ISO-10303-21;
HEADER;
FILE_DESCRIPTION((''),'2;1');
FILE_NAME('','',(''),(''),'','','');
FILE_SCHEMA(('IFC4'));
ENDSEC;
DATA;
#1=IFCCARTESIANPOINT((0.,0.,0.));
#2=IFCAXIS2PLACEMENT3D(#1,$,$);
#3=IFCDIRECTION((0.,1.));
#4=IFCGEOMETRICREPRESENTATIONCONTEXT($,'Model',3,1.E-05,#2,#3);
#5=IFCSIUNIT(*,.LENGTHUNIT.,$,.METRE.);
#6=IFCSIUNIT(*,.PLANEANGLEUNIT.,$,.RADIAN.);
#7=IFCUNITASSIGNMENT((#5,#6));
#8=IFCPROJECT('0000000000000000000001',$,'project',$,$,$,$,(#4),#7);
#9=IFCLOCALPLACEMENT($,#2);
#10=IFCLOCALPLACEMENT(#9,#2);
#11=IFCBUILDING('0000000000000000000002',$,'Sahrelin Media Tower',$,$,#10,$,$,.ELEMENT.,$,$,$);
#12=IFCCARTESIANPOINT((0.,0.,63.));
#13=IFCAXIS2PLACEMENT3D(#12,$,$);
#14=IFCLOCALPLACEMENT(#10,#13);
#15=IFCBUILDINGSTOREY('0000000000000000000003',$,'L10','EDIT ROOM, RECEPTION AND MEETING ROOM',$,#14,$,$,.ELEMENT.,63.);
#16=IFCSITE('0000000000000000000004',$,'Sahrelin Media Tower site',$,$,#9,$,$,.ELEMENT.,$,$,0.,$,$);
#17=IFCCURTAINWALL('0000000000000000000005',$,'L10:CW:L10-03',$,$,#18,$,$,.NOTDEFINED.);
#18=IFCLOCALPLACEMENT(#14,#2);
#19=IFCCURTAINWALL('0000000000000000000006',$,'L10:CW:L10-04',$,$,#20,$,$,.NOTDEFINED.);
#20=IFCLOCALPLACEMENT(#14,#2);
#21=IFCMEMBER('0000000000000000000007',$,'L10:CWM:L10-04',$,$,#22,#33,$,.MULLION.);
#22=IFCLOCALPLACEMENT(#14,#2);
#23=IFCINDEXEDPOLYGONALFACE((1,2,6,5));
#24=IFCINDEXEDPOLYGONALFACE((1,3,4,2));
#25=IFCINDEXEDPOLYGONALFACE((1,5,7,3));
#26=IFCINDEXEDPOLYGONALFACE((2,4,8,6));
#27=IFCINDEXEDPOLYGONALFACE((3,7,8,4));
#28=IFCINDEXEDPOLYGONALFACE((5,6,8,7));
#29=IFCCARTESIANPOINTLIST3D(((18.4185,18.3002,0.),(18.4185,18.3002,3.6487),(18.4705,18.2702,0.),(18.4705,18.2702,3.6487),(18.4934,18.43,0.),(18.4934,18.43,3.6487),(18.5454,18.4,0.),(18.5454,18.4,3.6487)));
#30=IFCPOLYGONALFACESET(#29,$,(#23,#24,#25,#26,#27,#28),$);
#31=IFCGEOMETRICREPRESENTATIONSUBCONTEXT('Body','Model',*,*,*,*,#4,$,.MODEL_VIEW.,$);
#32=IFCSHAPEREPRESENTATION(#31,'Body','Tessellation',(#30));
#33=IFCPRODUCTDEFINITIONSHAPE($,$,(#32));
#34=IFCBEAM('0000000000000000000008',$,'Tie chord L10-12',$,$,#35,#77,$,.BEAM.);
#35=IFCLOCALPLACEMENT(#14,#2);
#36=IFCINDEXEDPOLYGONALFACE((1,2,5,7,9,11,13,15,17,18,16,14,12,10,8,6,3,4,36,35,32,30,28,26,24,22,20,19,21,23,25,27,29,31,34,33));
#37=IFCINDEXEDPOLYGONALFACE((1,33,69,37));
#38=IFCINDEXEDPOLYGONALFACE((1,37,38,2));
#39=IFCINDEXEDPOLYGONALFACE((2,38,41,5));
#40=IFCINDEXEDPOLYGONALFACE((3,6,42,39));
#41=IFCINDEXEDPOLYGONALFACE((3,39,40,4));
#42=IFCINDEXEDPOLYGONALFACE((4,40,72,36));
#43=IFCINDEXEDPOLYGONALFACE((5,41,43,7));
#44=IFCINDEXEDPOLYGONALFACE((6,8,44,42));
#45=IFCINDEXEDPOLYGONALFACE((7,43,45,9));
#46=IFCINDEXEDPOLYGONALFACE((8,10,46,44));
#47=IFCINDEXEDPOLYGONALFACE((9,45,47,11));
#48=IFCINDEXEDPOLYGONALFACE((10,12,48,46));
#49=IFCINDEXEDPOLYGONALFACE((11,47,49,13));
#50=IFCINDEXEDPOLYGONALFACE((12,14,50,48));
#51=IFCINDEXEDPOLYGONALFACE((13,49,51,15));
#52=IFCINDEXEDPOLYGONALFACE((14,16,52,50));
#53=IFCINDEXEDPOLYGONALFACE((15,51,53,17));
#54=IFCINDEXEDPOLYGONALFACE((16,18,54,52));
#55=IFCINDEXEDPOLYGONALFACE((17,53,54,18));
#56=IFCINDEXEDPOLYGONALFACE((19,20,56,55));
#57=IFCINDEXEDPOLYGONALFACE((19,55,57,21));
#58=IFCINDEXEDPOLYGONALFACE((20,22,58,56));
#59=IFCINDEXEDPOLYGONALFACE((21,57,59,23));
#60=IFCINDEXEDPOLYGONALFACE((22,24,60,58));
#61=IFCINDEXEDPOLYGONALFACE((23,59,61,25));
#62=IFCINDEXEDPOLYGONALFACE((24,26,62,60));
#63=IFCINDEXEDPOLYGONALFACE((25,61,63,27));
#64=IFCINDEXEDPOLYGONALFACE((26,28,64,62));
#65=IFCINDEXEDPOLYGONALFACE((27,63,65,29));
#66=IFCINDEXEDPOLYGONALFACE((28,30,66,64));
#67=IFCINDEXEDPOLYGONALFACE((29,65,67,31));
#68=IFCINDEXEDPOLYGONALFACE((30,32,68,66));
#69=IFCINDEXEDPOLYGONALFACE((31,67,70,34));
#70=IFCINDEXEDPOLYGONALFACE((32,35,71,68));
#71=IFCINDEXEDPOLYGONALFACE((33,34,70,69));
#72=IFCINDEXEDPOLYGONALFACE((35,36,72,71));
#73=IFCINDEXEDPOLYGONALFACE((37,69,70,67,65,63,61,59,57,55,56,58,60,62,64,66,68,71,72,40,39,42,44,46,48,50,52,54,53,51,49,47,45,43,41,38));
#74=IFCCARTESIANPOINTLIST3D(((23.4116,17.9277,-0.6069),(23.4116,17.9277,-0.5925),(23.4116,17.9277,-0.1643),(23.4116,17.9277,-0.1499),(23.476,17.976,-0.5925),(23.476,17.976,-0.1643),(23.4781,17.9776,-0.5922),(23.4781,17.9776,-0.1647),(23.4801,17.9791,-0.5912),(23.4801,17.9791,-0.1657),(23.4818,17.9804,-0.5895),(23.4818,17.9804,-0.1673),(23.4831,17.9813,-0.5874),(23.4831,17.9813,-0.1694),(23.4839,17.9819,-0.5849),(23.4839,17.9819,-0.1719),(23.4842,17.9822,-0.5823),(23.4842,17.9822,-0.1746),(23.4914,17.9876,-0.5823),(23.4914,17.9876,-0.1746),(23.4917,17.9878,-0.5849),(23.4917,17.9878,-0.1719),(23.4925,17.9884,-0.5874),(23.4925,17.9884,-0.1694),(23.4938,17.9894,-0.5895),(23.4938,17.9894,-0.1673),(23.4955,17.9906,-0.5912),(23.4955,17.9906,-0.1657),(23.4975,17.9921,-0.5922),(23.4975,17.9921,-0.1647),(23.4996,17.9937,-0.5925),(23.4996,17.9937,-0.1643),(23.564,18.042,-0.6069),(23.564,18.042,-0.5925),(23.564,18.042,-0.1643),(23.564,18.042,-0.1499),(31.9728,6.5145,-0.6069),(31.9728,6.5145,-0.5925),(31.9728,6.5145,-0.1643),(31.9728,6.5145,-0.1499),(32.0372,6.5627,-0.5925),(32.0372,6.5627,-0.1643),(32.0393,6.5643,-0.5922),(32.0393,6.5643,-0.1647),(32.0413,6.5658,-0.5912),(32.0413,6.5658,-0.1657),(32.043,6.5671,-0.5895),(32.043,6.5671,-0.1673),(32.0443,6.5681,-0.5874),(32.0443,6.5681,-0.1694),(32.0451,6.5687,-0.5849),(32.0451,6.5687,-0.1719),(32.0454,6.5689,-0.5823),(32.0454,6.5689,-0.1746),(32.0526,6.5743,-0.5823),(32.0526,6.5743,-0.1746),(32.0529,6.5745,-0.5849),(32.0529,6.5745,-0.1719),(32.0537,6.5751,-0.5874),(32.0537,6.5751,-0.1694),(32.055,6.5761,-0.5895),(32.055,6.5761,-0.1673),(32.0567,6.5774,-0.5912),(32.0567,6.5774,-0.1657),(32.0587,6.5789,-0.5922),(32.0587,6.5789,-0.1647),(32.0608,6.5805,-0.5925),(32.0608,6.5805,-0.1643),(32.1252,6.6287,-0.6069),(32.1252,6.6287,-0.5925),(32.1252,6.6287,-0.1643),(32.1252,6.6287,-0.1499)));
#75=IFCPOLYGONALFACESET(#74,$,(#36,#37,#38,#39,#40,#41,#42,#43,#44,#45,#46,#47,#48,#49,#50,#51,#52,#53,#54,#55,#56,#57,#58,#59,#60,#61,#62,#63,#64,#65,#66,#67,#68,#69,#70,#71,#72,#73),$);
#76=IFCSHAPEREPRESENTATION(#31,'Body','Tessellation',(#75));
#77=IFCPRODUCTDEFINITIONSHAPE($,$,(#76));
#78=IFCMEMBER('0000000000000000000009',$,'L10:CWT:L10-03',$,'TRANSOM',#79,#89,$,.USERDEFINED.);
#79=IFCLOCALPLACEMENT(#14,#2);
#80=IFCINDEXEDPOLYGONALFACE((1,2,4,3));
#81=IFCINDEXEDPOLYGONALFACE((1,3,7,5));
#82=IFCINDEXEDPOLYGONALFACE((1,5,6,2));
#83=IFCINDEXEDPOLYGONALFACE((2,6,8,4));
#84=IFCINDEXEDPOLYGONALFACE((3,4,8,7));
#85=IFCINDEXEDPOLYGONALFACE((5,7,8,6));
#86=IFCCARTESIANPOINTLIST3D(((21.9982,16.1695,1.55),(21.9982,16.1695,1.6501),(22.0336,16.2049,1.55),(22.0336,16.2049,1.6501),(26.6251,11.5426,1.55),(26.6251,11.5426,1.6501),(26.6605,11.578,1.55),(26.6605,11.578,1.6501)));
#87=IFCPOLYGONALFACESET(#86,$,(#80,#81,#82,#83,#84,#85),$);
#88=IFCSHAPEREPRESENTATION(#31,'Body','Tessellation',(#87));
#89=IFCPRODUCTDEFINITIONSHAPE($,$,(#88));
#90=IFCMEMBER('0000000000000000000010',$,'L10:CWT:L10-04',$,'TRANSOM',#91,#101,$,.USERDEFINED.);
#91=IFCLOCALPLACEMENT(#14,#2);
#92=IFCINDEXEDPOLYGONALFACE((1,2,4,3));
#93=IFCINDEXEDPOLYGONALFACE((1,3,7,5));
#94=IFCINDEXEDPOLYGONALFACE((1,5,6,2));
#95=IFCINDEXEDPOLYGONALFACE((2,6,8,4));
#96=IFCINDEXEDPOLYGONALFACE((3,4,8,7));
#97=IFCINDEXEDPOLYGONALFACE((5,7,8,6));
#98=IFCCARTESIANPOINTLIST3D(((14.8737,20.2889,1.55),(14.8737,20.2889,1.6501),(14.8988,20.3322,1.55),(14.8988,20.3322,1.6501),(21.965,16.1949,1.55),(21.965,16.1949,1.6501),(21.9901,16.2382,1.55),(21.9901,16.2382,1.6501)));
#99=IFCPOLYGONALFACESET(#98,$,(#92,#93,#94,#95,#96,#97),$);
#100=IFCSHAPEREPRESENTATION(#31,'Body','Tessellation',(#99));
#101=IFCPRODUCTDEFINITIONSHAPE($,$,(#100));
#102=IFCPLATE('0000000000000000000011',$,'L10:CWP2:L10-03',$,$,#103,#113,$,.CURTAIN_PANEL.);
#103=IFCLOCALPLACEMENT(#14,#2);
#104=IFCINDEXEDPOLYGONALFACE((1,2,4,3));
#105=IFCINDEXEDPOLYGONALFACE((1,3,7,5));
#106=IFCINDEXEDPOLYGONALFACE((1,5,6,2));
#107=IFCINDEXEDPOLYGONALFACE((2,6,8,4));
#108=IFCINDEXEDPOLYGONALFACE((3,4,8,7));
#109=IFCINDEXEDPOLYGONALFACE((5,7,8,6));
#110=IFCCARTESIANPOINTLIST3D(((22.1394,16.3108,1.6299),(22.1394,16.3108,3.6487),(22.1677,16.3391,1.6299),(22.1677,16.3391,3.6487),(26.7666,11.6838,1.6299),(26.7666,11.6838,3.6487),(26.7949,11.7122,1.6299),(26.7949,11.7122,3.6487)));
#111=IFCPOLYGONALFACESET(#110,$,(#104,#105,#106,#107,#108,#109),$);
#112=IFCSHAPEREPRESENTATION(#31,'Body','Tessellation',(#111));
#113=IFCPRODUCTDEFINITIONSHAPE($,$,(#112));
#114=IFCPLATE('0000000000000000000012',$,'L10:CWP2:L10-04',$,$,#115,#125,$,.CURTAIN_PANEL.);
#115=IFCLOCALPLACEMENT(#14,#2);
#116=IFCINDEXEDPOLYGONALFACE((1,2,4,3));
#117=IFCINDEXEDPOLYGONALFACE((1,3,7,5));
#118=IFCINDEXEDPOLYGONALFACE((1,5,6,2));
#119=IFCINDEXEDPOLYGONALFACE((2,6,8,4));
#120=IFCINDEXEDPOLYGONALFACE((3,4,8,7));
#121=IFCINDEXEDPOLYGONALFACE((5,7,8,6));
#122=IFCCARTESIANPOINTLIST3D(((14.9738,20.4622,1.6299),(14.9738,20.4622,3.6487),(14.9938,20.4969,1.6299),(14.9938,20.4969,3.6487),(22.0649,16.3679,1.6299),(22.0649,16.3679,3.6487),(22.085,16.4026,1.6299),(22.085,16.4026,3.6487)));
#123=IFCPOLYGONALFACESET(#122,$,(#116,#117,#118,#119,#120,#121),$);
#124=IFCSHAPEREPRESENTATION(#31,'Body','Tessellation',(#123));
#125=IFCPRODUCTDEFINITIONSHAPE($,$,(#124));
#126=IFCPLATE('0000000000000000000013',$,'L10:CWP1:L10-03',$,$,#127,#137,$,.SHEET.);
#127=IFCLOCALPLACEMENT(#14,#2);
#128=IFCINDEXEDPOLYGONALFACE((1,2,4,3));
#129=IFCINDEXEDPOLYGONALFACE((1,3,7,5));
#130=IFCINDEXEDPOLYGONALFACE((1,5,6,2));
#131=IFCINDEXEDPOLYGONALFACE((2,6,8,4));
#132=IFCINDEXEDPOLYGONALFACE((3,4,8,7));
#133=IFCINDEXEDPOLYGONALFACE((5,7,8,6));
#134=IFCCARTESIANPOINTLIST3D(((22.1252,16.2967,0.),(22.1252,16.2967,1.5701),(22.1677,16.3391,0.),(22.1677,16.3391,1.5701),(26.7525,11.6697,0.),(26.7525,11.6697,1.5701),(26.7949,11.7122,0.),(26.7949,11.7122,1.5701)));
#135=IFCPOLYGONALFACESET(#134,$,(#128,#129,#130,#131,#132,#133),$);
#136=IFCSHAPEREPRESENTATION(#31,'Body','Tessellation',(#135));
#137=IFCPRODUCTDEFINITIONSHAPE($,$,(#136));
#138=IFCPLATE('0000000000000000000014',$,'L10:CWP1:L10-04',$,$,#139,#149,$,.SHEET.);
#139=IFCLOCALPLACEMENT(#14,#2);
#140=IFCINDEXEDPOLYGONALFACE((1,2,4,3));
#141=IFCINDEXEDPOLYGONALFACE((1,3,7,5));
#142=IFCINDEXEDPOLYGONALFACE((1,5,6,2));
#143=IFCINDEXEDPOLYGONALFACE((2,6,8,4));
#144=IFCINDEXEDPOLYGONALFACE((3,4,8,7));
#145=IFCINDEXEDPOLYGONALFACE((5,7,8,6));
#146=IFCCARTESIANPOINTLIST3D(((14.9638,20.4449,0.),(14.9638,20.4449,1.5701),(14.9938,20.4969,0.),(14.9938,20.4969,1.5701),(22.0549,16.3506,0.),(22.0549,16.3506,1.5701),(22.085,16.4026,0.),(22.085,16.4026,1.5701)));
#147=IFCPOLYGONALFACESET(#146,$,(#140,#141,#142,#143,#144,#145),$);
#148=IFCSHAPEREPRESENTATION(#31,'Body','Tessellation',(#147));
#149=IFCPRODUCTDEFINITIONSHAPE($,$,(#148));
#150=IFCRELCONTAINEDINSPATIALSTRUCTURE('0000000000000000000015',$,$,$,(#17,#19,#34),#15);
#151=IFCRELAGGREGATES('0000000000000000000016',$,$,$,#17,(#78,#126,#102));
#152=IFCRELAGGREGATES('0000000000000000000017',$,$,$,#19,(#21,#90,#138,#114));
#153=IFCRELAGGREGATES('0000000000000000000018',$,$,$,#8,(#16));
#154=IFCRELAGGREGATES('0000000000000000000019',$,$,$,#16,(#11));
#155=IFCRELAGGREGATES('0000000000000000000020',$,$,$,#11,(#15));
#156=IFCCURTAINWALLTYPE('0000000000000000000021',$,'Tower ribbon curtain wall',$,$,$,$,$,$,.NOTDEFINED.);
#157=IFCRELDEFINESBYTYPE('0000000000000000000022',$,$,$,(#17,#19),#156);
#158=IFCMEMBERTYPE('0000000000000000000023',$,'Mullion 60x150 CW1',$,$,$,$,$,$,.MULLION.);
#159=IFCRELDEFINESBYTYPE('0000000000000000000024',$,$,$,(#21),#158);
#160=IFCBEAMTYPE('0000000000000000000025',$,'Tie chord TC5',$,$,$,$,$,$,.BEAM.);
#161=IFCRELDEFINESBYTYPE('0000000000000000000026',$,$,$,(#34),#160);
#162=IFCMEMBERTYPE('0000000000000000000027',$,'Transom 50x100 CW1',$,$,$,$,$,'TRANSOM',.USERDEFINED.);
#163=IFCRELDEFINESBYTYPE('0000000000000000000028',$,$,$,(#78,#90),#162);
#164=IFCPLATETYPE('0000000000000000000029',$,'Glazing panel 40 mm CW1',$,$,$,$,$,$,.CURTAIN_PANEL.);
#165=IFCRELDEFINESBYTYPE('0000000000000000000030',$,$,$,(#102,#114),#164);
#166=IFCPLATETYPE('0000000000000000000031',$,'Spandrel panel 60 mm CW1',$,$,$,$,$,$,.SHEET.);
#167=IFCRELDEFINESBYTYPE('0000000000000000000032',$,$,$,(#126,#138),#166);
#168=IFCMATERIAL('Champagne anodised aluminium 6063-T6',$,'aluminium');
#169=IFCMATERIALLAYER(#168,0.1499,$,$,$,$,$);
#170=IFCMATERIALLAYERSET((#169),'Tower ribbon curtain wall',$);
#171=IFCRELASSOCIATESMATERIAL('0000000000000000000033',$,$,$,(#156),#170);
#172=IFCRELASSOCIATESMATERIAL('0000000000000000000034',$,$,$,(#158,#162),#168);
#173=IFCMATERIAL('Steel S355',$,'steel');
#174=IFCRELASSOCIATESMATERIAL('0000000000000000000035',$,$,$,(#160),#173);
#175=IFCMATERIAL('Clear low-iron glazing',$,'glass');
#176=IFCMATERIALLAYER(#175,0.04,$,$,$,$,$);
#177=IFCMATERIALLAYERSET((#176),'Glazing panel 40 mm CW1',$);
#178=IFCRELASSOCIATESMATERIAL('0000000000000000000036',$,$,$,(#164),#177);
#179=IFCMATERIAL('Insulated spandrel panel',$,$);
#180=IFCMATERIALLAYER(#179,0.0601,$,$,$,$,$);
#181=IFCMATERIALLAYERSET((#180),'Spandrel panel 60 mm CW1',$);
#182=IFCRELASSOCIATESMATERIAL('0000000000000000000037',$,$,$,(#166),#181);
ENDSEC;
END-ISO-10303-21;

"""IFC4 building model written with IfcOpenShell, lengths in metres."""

from ifc_helpers import new_model, si_unit, direction, frame, origin, origin_2d, place, context, subcontext, project, spatial, polyline, rectangle, i_section, outline, extrude, material, layer, layer_set, material_profile, profile_set, type_object, element, aggregate, save


model = new_model("IFC4")

# Units and contexts
model_context = context("Model", 3, precision=1e-05, world=origin(), true_north=direction((0.0, 1.0)))
body_context = subcontext(model_context, "Body", "Model", "MODEL_VIEW")
ifc_project = project(units=[si_unit("LENGTHUNIT", "METRE"), si_unit("PLANEANGLEUNIT", "RADIAN")], contexts=[model_context])

# Site, building, storey
site_placement = place(None, origin())
site = spatial("IfcSite", under=ifc_project, at=site_placement, Name="Sahrelin Media Tower site", CompositionType="ELEMENT", RefElevation=0.0)
building_placement = place(site_placement, origin())
building = spatial("IfcBuilding", under=site, at=building_placement, Name="Sahrelin Media Tower", CompositionType="ELEMENT")
storey_placement = place(building_placement, frame((0.0, 0.0, 63.0)))
storey = spatial("IfcBuildingStorey", under=building, at=storey_placement, Name="L10", Description="EDIT ROOM, RECEPTION AND MEETING ROOM", CompositionType="ELEMENT", Elevation=63.0)

# Shared definitions
ifc_material_1 = material(Name="Steel S355", Category="steel")

# Curtain walls, member
ifc_material_2 = material(Name="Champagne anodised aluminium 6063-T6", Category="aluminium")
ifc_layer_1 = layer(ifc_material_2, 0.1499)
ifc_layer_set_1 = layer_set([ifc_layer_1], Name="Tower ribbon curtain wall")
curtain_wall_type = type_object("IfcCurtainWallType", Name="Tower ribbon curtain wall", PredefinedType="NOTDEFINED", material=ifc_layer_set_1)
curtain_wall_1_placement = place(storey_placement, frame((24.4673, 14.0115, 0.0), z_axis=(0.0, 0.0, 1.0), x_axis=(1.0, 0.0, 0.0)))
curtain_wall_1 = element("IfcCurtainWall", 1, at=curtain_wall_1_placement, inside=storey, type_object=curtain_wall_type, Name="L10:CW:L10-03", PredefinedType="NOTDEFINED")
ifc_material_profile_1 = material_profile(ifc_material_2, rectangle(XDim=0.0601, YDim=0.1499, at=origin_2d()), Name="Mullion 60x150")
ifc_profile_set_1 = profile_set([ifc_material_profile_1], Name="Champagne anodised aluminium 6063-T6")
member_type_1 = type_object("IfcMemberType", Name="Mullion 60x150 CW1", PredefinedType="MULLION", material=ifc_profile_set_1)
curtain_wall_2_placement = place(storey_placement, frame((18.5293, 18.4324, 0.0), z_axis=(0.0, 0.0, 1.0), x_axis=(1.0, 0.0, 0.0)))
curtain_wall_2 = element("IfcCurtainWall", 2, at=curtain_wall_2_placement, inside=storey, type_object=curtain_wall_type, Name="L10:CW:L10-04", PredefinedType="NOTDEFINED")
member_1_placement = place(storey_placement, frame((18.4819, 18.3501, 0.0), z_axis=(0.0, 0.0, 1.0), x_axis=(-0.866025, 0.5, 0.0)))
member_1 = element("IfcMember", 3, at=member_1_placement, type_object=member_type_1, Name="L10:CWM:L10-04", PredefinedType="MULLION", context=body_context, shape_type="SweptSolid", body=[
    extrude(rectangle(XDim=0.0601, YDim=0.1499, at=origin_2d()), origin(), (0.0, 0.0, 1.0), 3.6487),
])

# Beam
ifc_material_profile_2 = material_profile(ifc_material_1, i_section(OverallWidth=0.1904, OverallDepth=0.457, WebThickness=0.009, FlangeThickness=0.0144, FilletRadius=0.0103, at=origin_2d()), Name="UB 457x191x74")
ifc_profile_set_2 = profile_set([ifc_material_profile_2], Name="Steel S355")
beam_type_1 = type_object("IfcBeamType", Name="Tie chord TC5", PredefinedType="BEAM", material=ifc_profile_set_2)
beam_1_placement = place(storey_placement, frame((23.4878, 17.9849, -0.3784), z_axis=(0.600057, -0.799957, 0.0), x_axis=(0.799957, 0.600057, 0.0)))
element("IfcBeam", 4, at=beam_1_placement, inside=storey, type_object=beam_type_1, Name="Tie chord L10-12", PredefinedType="BEAM", context=body_context, shape_type="SweptSolid", body=[
    extrude(i_section(OverallWidth=0.1904, OverallDepth=0.457, WebThickness=0.009, FlangeThickness=0.0144, FilletRadius=0.0103, at=origin_2d()), origin(), (0.0, 0.0, 1.0), 14.2673),
])

# Members
ifc_material_profile_3 = material_profile(ifc_material_2, rectangle(XDim=0.05, YDim=0.1001, at=origin_2d()), Name="Transom 50x100")
ifc_profile_set_3 = profile_set([ifc_material_profile_3], Name="Champagne anodised aluminium 6063-T6")
member_type_2 = type_object("IfcMemberType", Name="Transom 50x100 CW1", ElementType="TRANSOM", PredefinedType="USERDEFINED", material=ifc_profile_set_3)
member_2_placement = place(storey_placement, frame((26.6428, 11.5603, 1.6001), z_axis=(-0.707107, 0.707107, 0.0), x_axis=(-0.707107, -0.707107, 0.0)))
member_2 = element("IfcMember", 5, at=member_2_placement, type_object=member_type_2, Name="L10:CWT:L10-03", ObjectType="TRANSOM", PredefinedType="USERDEFINED", context=body_context, shape_type="SweptSolid", body=[
    extrude(rectangle(XDim=0.05, YDim=0.1001, at=origin_2d()), origin(), (0.0, 0.0, 1.0), 6.5435),
])
member_3_placement = place(storey_placement, frame((21.9775, 16.2166, 1.6001), z_axis=(-0.866035, 0.499984, 0.0), x_axis=(-0.499984, -0.866035, 0.0)))
member_3 = element("IfcMember", 6, at=member_3_placement, type_object=member_type_2, Name="L10:CWT:L10-04", ObjectType="TRANSOM", PredefinedType="USERDEFINED", context=body_context, shape_type="SweptSolid", body=[
    extrude(rectangle(XDim=0.05, YDim=0.1001, at=origin_2d()), origin(), (0.0, 0.0, 1.0), 8.1882),
])

# Plates
ifc_material_3 = material(Name="Clear low-iron glazing", Category="glass")
ifc_layer_2 = layer(ifc_material_3, 0.04)
ifc_layer_set_2 = layer_set([ifc_layer_2], Name="Glazing panel 40 mm CW1")
plate_type_1 = type_object("IfcPlateType", Name="Glazing panel 40 mm CW1", PredefinedType="CURTAIN_PANEL", material=ifc_layer_set_2)
plate_1_placement = place(storey_placement, frame((26.7949, 11.7122, 1.6299), z_axis=(0.707088, 0.707125, 0.0), x_axis=(-0.707125, 0.707088, 0.0)))
plate_1 = element("IfcPlate", 7, at=plate_1_placement, type_object=plate_type_1, Name="L10:CWP2:L10-03", PredefinedType="CURTAIN_PANEL", context=body_context, shape_type="SweptSolid", body=[
    extrude(outline(polyline([(0.0, 0.0), (6.5437, 0.0), (6.5437, 2.0188), (0.0, 2.0188), (0.0, 0.0)])), origin(), (0.0, 0.0, -1.0), 0.04),
])
plate_2_placement = place(storey_placement, frame((22.085, 16.4026, 1.6299), z_axis=(0.500019, 0.866014, 0.0), x_axis=(-0.866014, 0.500019, 0.0)))
plate_2 = element("IfcPlate", 8, at=plate_2_placement, type_object=plate_type_1, Name="L10:CWP2:L10-04", PredefinedType="CURTAIN_PANEL", context=body_context, shape_type="SweptSolid", body=[
    extrude(outline(polyline([(0.0, 0.0), (8.1882, 0.0), (8.1882, 2.0188), (0.0, 2.0188), (0.0, 0.0)])), origin(), (0.0, 0.0, -1.0), 0.04),
])
ifc_material_4 = material(Name="Insulated spandrel panel")
ifc_layer_3 = layer(ifc_material_4, 0.0601)
ifc_layer_set_3 = layer_set([ifc_layer_3], Name="Spandrel panel 60 mm CW1")
plate_type_2 = type_object("IfcPlateType", Name="Spandrel panel 60 mm CW1", PredefinedType="SHEET", material=ifc_layer_set_3)
plate_3_placement = place(storey_placement, frame((26.7949, 11.7122, 0.0), z_axis=(0.707088, 0.707125, 0.0), x_axis=(-0.707125, 0.707088, 0.0)))
plate_3 = element("IfcPlate", 9, at=plate_3_placement, type_object=plate_type_2, Name="L10:CWP1:L10-03", PredefinedType="SHEET", context=body_context, shape_type="SweptSolid", body=[
    extrude(outline(polyline([(0.0, 0.0), (6.5437, 0.0), (6.5437, 1.5701), (0.0, 1.5701), (0.0, 0.0)])), origin(), (0.0, 0.0, -1.0), 0.0601),
])
aggregate(curtain_wall_1, [member_2, plate_3, plate_1])
plate_4_placement = place(storey_placement, frame((22.085, 16.4026, 0.0), z_axis=(0.500019, 0.866014, 0.0), x_axis=(-0.866014, 0.500019, 0.0)))
plate_4 = element("IfcPlate", 10, at=plate_4_placement, type_object=plate_type_2, Name="L10:CWP1:L10-04", PredefinedType="SHEET", context=body_context, shape_type="SweptSolid", body=[
    extrude(outline(polyline([(0.0, 0.0), (8.1882, 0.0), (8.1882, 1.5701), (0.0, 1.5701), (0.0, 0.0)])), origin(), (0.0, 0.0, -1.0), 0.0601),
])
aggregate(curtain_wall_2, [member_1, member_3, plate_4, plate_2])

save(model, "model.ifc")
